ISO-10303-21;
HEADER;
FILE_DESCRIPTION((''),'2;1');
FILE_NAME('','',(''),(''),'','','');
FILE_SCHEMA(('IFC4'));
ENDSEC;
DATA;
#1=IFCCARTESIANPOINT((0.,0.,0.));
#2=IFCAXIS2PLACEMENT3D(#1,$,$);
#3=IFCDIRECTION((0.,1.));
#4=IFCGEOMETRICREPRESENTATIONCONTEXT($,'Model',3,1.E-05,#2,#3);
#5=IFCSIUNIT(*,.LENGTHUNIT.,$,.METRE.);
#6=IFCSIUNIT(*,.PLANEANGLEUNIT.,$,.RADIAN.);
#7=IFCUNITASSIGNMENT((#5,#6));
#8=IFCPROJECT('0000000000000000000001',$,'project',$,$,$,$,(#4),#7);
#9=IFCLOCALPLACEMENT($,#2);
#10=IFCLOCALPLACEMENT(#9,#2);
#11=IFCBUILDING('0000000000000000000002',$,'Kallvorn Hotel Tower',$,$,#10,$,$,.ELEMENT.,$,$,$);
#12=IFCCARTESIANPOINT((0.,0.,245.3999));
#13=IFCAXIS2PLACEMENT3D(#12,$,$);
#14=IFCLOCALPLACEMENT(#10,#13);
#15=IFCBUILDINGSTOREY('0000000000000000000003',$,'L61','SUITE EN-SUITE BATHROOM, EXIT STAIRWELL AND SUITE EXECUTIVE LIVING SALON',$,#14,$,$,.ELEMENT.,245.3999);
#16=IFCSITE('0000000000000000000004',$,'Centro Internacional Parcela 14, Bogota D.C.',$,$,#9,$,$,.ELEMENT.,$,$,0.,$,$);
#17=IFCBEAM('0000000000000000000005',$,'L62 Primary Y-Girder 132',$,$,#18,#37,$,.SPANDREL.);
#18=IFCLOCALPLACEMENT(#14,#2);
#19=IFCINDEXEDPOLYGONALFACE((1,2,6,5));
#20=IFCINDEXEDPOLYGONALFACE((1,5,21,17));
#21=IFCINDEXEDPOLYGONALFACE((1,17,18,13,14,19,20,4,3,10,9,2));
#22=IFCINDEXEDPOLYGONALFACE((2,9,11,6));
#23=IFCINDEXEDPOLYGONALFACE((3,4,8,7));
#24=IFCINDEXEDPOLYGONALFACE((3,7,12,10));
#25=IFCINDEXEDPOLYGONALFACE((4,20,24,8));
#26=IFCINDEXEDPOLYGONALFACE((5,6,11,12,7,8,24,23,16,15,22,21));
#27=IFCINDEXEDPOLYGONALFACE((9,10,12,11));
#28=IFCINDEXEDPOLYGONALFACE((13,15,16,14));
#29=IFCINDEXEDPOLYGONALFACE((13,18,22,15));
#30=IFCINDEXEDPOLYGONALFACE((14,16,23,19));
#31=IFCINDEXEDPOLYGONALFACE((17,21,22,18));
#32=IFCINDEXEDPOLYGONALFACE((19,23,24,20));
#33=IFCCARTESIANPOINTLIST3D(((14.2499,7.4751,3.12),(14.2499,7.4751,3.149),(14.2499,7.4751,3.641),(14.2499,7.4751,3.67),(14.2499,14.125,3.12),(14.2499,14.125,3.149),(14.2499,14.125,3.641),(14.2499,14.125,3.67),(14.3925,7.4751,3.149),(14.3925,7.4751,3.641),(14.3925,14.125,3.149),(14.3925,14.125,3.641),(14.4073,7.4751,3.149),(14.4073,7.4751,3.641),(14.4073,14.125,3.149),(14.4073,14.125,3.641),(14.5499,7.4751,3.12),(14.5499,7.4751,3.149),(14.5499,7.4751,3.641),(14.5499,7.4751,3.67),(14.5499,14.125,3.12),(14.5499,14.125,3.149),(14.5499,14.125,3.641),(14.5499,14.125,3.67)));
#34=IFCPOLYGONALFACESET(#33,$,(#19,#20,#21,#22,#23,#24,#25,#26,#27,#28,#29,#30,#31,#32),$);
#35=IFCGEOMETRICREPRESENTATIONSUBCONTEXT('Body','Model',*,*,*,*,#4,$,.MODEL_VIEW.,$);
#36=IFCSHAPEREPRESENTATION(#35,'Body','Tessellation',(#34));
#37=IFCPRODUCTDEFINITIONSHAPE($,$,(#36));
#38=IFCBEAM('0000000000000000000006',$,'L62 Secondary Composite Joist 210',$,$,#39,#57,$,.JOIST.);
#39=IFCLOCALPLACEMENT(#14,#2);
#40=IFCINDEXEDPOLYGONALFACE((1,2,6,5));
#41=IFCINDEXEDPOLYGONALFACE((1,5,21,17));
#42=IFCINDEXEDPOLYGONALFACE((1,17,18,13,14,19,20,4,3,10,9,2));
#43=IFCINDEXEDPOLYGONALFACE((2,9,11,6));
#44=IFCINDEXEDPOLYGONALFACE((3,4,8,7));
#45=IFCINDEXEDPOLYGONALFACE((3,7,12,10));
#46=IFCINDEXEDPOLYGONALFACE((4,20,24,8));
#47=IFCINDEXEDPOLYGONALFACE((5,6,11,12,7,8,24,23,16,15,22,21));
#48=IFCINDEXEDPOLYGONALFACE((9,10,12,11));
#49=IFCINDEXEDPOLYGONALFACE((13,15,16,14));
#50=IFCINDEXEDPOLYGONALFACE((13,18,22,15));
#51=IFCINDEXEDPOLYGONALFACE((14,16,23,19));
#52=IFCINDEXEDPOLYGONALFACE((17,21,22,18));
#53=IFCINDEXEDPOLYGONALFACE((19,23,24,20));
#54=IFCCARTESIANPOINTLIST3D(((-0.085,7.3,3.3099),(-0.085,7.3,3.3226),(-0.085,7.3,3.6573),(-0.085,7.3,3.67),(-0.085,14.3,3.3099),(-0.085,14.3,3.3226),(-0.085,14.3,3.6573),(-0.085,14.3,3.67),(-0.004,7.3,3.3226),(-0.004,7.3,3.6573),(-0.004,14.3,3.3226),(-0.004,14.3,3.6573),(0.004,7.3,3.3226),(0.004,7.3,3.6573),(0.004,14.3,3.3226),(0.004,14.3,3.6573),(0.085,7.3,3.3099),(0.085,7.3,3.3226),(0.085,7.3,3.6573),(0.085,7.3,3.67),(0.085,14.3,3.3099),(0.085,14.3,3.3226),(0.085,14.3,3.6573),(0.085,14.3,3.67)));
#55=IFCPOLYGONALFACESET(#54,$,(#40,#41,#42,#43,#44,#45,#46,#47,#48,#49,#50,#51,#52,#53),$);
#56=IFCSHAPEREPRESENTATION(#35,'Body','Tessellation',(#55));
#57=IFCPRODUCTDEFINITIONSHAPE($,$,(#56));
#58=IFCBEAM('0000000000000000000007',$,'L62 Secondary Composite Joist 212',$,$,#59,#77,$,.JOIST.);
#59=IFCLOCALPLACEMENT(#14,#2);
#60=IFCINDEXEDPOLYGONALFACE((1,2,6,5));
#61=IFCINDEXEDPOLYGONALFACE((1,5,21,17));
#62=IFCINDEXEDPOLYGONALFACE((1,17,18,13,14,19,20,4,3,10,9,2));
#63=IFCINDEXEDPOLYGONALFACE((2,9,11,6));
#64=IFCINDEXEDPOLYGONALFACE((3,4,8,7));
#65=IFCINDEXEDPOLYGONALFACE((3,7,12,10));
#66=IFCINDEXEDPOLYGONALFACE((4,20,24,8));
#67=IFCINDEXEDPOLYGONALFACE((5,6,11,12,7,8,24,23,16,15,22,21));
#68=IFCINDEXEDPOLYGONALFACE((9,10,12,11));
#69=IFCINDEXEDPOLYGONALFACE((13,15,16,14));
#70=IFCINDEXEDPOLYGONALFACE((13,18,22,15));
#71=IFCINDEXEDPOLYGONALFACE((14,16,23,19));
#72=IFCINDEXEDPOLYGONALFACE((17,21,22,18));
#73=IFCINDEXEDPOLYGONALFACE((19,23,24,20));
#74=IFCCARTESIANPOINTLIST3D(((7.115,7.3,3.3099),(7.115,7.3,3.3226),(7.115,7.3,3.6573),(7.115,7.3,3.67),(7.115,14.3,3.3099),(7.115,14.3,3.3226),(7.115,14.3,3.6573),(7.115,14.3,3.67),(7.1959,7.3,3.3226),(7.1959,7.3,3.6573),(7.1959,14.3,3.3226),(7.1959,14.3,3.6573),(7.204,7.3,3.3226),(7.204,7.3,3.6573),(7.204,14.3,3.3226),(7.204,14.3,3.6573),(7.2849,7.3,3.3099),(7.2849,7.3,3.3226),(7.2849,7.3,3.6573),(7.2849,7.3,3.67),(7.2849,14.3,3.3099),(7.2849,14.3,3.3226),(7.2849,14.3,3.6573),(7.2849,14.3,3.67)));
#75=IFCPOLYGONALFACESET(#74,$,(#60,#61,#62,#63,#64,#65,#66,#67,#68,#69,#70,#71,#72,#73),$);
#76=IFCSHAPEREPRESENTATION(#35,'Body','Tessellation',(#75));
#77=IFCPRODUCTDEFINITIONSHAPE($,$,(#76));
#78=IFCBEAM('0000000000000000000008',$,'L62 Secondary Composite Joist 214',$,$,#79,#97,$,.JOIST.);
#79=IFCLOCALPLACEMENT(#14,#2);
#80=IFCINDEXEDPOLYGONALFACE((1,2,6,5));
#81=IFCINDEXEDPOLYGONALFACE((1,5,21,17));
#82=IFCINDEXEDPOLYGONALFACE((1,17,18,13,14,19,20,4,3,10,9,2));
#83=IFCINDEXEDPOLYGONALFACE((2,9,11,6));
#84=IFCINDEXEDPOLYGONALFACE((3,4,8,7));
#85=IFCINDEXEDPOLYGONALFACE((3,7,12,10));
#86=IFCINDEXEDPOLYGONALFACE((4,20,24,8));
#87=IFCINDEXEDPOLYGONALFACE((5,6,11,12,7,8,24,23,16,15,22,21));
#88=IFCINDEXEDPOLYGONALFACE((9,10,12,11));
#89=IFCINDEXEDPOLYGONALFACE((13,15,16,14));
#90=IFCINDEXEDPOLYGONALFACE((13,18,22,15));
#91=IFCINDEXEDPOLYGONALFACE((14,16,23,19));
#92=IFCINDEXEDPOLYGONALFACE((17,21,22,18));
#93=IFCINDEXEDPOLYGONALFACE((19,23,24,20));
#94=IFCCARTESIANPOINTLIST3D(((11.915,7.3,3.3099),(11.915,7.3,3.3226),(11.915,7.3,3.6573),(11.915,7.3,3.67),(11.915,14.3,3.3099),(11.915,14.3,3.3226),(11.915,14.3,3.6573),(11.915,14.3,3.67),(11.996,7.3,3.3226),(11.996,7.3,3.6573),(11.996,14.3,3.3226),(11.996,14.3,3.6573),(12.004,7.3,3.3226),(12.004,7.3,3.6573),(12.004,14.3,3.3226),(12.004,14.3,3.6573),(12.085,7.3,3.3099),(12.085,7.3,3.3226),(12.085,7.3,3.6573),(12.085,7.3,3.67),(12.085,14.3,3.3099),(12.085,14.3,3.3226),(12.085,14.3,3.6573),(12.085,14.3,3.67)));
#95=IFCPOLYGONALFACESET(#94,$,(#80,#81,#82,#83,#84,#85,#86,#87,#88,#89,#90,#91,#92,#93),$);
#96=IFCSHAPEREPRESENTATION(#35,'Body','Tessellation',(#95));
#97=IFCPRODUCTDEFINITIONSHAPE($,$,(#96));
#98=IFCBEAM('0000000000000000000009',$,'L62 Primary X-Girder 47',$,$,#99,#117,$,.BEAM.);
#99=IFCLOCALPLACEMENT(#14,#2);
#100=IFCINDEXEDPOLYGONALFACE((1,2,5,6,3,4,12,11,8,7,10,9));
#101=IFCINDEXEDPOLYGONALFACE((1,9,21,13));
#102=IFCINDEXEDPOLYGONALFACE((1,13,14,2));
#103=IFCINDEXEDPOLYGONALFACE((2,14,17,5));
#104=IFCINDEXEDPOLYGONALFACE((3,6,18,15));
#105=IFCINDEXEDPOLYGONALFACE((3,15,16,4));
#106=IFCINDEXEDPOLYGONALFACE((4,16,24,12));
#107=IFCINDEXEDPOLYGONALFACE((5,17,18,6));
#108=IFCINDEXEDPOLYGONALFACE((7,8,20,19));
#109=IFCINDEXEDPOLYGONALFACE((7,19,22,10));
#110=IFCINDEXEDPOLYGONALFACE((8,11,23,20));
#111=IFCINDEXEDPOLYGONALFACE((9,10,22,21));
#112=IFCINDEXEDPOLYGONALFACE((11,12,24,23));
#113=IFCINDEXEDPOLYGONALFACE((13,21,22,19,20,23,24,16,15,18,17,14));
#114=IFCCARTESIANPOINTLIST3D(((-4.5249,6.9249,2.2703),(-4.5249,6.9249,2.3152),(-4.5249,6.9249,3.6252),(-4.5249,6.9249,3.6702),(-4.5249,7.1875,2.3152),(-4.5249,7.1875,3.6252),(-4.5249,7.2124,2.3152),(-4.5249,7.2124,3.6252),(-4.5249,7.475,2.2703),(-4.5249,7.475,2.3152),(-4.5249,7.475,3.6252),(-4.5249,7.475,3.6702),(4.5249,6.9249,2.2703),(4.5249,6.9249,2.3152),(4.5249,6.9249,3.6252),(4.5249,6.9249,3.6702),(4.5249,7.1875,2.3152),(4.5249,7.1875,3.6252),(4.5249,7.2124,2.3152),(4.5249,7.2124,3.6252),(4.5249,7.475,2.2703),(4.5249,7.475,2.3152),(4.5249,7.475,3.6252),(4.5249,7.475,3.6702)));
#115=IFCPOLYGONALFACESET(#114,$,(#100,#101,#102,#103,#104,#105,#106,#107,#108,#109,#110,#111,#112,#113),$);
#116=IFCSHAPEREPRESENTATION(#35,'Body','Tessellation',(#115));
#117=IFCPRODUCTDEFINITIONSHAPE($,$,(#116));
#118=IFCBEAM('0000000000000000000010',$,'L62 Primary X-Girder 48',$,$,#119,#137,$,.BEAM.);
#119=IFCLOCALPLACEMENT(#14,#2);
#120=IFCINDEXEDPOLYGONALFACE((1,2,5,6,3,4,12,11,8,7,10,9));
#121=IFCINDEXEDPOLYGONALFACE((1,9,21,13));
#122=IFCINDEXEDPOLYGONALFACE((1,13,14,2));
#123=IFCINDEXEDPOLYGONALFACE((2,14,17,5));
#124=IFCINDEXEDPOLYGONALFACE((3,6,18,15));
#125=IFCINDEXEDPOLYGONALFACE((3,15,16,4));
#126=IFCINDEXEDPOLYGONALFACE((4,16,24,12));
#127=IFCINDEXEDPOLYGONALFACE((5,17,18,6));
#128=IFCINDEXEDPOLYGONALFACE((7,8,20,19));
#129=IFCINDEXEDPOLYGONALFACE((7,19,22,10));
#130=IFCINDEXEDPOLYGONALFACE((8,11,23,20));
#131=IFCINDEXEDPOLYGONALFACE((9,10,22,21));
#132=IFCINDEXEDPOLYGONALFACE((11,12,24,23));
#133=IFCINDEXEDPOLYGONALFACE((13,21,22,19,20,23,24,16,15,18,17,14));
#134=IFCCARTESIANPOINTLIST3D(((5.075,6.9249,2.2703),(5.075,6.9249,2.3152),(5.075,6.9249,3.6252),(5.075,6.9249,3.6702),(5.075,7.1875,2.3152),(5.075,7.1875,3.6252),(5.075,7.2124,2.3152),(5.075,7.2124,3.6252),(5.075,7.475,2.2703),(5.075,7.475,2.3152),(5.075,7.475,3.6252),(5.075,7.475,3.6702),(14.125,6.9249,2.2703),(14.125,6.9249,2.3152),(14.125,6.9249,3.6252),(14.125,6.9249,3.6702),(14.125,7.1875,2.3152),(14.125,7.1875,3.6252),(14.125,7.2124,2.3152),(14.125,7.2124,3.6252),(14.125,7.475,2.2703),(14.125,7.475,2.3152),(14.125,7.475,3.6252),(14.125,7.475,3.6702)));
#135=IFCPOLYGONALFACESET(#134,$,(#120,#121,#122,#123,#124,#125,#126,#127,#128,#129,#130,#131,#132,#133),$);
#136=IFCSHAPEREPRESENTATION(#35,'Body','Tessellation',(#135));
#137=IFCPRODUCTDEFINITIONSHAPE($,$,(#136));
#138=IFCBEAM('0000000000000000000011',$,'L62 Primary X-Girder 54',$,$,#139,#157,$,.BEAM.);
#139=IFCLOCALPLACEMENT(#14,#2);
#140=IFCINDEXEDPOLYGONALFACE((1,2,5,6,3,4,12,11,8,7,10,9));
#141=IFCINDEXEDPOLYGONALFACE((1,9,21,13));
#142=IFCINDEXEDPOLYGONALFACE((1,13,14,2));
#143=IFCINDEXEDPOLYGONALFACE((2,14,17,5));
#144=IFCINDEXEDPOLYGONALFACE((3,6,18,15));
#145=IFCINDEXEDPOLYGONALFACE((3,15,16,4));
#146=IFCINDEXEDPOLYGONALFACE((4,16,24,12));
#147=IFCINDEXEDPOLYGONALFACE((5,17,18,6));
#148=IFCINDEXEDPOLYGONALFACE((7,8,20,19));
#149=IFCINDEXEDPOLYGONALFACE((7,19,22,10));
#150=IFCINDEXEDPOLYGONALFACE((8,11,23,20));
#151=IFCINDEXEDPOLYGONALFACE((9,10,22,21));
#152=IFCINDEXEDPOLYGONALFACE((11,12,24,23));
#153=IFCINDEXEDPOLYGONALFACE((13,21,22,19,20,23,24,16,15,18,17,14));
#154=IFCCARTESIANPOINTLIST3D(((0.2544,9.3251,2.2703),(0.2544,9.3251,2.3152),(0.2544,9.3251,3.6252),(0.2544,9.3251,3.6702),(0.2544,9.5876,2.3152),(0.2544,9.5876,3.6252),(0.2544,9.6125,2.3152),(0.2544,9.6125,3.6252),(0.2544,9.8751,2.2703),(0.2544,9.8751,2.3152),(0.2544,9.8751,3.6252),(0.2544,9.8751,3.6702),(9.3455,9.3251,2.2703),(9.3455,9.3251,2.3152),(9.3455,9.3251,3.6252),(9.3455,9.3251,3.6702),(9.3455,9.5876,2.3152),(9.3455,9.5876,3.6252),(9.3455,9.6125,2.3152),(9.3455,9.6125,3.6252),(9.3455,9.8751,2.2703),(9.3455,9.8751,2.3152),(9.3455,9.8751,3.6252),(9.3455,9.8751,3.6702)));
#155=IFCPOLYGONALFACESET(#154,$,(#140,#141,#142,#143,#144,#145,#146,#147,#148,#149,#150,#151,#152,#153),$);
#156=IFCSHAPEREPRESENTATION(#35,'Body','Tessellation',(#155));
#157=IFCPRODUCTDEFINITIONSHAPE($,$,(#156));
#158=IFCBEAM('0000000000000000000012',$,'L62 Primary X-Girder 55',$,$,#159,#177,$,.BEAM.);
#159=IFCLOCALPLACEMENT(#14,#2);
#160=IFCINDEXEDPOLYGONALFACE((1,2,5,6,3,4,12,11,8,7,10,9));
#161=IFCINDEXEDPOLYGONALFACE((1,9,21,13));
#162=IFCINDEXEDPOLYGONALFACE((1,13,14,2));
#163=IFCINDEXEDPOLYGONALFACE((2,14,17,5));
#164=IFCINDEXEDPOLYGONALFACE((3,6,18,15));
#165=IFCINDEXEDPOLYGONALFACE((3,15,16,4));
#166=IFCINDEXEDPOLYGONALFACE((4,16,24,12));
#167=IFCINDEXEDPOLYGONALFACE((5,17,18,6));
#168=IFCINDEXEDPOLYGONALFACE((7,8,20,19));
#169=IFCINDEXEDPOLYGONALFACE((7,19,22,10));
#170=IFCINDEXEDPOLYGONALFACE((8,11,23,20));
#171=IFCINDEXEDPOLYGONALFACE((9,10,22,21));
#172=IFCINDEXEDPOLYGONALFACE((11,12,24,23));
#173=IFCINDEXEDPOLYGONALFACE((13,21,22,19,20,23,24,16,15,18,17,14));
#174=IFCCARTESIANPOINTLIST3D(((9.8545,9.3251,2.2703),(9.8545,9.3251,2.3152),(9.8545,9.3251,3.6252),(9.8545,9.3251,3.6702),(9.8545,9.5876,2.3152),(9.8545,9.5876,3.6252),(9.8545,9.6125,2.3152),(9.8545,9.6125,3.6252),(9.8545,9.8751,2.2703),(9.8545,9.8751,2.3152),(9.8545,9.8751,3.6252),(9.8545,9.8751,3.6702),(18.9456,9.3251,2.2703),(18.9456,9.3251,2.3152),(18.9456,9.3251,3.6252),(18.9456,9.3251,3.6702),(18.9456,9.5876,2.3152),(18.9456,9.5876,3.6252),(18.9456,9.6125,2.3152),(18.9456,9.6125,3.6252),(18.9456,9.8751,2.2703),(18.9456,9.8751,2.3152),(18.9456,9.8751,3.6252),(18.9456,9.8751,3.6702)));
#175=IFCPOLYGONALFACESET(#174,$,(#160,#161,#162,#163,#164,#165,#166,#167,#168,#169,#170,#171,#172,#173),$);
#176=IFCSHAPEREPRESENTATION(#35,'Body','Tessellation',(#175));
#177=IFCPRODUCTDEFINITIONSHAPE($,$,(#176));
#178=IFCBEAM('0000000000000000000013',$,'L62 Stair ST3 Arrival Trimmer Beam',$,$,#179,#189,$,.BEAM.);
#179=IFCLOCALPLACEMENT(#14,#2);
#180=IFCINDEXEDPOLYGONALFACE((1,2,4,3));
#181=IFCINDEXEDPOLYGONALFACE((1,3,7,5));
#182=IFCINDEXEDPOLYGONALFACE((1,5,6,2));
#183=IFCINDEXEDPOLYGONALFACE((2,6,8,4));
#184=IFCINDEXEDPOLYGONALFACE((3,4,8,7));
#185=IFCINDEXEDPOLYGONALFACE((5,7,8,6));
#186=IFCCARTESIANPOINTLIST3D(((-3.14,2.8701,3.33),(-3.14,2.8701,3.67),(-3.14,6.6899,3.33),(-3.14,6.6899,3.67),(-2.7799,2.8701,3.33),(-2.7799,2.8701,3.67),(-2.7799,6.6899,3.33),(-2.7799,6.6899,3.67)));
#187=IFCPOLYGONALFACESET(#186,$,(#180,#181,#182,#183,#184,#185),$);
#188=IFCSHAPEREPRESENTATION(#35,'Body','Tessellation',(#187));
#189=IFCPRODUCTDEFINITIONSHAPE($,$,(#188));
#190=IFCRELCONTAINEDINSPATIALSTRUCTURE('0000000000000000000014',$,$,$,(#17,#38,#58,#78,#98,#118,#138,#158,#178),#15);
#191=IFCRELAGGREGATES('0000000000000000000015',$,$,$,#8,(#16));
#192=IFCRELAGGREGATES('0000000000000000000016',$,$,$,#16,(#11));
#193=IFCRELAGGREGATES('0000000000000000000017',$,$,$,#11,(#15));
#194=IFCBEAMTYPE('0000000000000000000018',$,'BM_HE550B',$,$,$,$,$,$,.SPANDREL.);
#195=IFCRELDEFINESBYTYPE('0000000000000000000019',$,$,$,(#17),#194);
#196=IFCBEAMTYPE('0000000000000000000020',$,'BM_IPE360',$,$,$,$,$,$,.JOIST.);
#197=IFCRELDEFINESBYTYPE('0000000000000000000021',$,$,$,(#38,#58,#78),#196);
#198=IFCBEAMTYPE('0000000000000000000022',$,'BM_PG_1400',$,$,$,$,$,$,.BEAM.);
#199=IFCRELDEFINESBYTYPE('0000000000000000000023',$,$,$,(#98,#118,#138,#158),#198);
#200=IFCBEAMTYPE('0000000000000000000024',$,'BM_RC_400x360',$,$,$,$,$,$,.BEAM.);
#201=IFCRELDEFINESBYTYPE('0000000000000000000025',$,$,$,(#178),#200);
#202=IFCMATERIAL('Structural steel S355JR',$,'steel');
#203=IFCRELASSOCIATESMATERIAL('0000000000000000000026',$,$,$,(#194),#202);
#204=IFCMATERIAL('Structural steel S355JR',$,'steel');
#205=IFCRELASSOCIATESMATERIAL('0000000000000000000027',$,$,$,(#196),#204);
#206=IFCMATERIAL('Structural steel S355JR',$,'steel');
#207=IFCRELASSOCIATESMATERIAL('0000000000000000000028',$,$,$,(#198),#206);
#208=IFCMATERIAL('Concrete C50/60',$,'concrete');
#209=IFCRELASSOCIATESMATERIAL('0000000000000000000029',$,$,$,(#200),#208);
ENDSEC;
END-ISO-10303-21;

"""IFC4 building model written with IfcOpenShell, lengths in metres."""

from ifc_helpers import new_model, si_unit, direction, frame, origin, origin_2d, place, context, subcontext, project, spatial, rectangle, i_section, extrude, material, material_profile, profile_set, type_object, element, save


model = new_model("IFC4")

# Units and contexts
model_context = context("Model", 3, precision=1e-05, world=origin(), true_north=direction((0.0, 1.0)))
body_context = subcontext(model_context, "Body", "Model", "MODEL_VIEW")
ifc_project = project(units=[si_unit("LENGTHUNIT", "METRE"), si_unit("PLANEANGLEUNIT", "RADIAN")], contexts=[model_context])

# Site, building, storey
site_placement = place(None, origin())
site = spatial("IfcSite", under=ifc_project, at=site_placement, Name="Centro Internacional Parcela 14, Bogota D.C.", CompositionType="ELEMENT", RefElevation=0.0)
building_placement = place(site_placement, origin())
building = spatial("IfcBuilding", under=site, at=building_placement, Name="Kallvorn Hotel Tower", CompositionType="ELEMENT")
storey_placement = place(building_placement, frame((0.0, 0.0, 245.3999)))
storey = spatial("IfcBuildingStorey", under=building, at=storey_placement, Name="L61", Description="SUITE EN-SUITE BATHROOM, EXIT STAIRWELL AND SUITE EXECUTIVE LIVING SALON", CompositionType="ELEMENT", Elevation=245.3999)

# Beams
ifc_material_1 = material(Name="Structural steel S355JR", Category="steel")
ifc_material_profile_1 = material_profile(ifc_material_1, i_section(OverallWidth=0.3, OverallDepth=0.55, WebThickness=0.0149, FlangeThickness=0.0291, at=origin_2d()), Name="HE 550 B")
ifc_profile_set_1 = profile_set([ifc_material_profile_1], Name="Structural steel S355JR")
beam_type_1 = type_object("IfcBeamType", Name="BM_HE550B", PredefinedType="SPANDREL", material=ifc_profile_set_1)
for number, where, z_axis, x_axis, name in (
    (1, (14.3999, 7.4751, 3.395), (0.0, 1.0, 0.0), (-1.0, 0.0, 0.0), "L62 Primary Y-Girder 132"),
):
    element("IfcBeam", number, at=place(storey_placement, frame(where, z_axis=z_axis, x_axis=x_axis)), inside=storey, type_object=beam_type_1, Name=name, PredefinedType="SPANDREL", context=body_context, shape_type="SweptSolid", body=[
        extrude(i_section(OverallWidth=0.3, OverallDepth=0.55, WebThickness=0.0149, FlangeThickness=0.0291, at=origin_2d()), origin(), (0.0, 0.0, 1.0), 6.6499),
    ])
ifc_material_2 = material(Name="Structural steel S355JR", Category="steel")
ifc_material_profile_2 = material_profile(ifc_material_2, i_section(OverallWidth=0.1699, OverallDepth=0.3601, WebThickness=0.0081, FlangeThickness=0.0127, at=origin_2d()), Name="IPE 360")
ifc_profile_set_2 = profile_set([ifc_material_profile_2], Name="Structural steel S355JR")
beam_type_2 = type_object("IfcBeamType", Name="BM_IPE360", PredefinedType="JOIST", material=ifc_profile_set_2)
for number, where, z_axis, x_axis, name in (
    (2, (0.0, 7.3, 3.49), (0.0, 1.0, 0.0), (-1.0, 0.0, 0.0), "L62 Secondary Composite Joist 210"),
    (3, (7.2, 7.3, 3.49), (0.0, 1.0, 0.0), (-1.0, 0.0, 0.0), "L62 Secondary Composite Joist 212"),
    (4, (12.0, 7.3, 3.49), (0.0, 1.0, 0.0), (-1.0, 0.0, 0.0), "L62 Secondary Composite Joist 214"),
):
    element("IfcBeam", number, at=place(storey_placement, frame(where, z_axis=z_axis, x_axis=x_axis)), inside=storey, type_object=beam_type_2, Name=name, PredefinedType="JOIST", context=body_context, shape_type="SweptSolid", body=[
        extrude(i_section(OverallWidth=0.1699, OverallDepth=0.3601, WebThickness=0.0081, FlangeThickness=0.0127, at=origin_2d()), origin(), (0.0, 0.0, 1.0), 7.0),
    ])
ifc_material_3 = material(Name="Structural steel S355JR", Category="steel")
ifc_material_profile_3 = material_profile(ifc_material_3, i_section(OverallWidth=0.55, OverallDepth=1.3999, WebThickness=0.0249, FlangeThickness=0.0449, at=origin_2d()), Name="PG 1400x550x25x45")
ifc_profile_set_3 = profile_set([ifc_material_profile_3], Name="Structural steel S355JR")
beam_type_3 = type_object("IfcBeamType", Name="BM_PG_1400", PredefinedType="BEAM", material=ifc_profile_set_3)
beam_1_placement = place(storey_placement, frame((-4.5249, 7.2, 2.9702), z_axis=(1.0, 0.0, 0.0), x_axis=(0.0, 1.0, 0.0)))
element("IfcBeam", 5, at=beam_1_placement, inside=storey, type_object=beam_type_3, Name="L62 Primary X-Girder 47", PredefinedType="BEAM", context=body_context, shape_type="SweptSolid", body=[
    extrude(i_section(OverallWidth=0.55, OverallDepth=1.3999, WebThickness=0.0249, FlangeThickness=0.0449, at=origin_2d()), origin(), (0.0, 0.0, 1.0), 9.0498),
])
beam_2_placement = place(storey_placement, frame((5.075, 7.2, 2.9702), z_axis=(1.0, 0.0, 0.0), x_axis=(0.0, 1.0, 0.0)))
element("IfcBeam", 6, at=beam_2_placement, inside=storey, type_object=beam_type_3, Name="L62 Primary X-Girder 48", PredefinedType="BEAM", context=body_context, shape_type="SweptSolid", body=[
    extrude(i_section(OverallWidth=0.55, OverallDepth=1.3999, WebThickness=0.0249, FlangeThickness=0.0449, at=origin_2d()), origin(), (0.0, 0.0, 1.0), 9.05),
])
for number, where, z_axis, x_axis, name in (
    (7, (0.2544, 9.6001, 2.9702), (1.0, 0.0, 0.0), (0.0, 1.0, 0.0), "L62 Primary X-Girder 54"),
    (8, (9.8545, 9.6001, 2.9702), (1.0, 0.0, 0.0), (0.0, 1.0, 0.0), "L62 Primary X-Girder 55"),
):
    element("IfcBeam", number, at=place(storey_placement, frame(where, z_axis=z_axis, x_axis=x_axis)), inside=storey, type_object=beam_type_3, Name=name, PredefinedType="BEAM", context=body_context, shape_type="SweptSolid", body=[
        extrude(i_section(OverallWidth=0.55, OverallDepth=1.3999, WebThickness=0.0249, FlangeThickness=0.0449, at=origin_2d()), origin(), (0.0, 0.0, 1.0), 9.0911),
    ])
ifc_material_4 = material(Name="Concrete C50/60", Category="concrete")
ifc_material_profile_4 = material_profile(ifc_material_4, rectangle(XDim=0.3601, YDim=0.3401, at=origin_2d()), Name="RC 360x340")
ifc_profile_set_4 = profile_set([ifc_material_profile_4], Name="Concrete C50/60")
beam_type_4 = type_object("IfcBeamType", Name="BM_RC_400x360", PredefinedType="BEAM", material=ifc_profile_set_4)
beam_3_placement = place(storey_placement, frame((-2.96, 2.8701, 3.5), z_axis=(0.0, 1.0, 0.0), x_axis=(-1.0, 0.0, 0.0)))
element("IfcBeam", 9, at=beam_3_placement, inside=storey, type_object=beam_type_4, Name="L62 Stair ST3 Arrival Trimmer Beam", PredefinedType="BEAM", context=body_context, shape_type="SweptSolid", body=[
    extrude(rectangle(XDim=0.3601, YDim=0.3401, at=origin_2d()), origin(), (0.0, 0.0, 1.0), 3.8198),
])

save(model, "model.ifc")
